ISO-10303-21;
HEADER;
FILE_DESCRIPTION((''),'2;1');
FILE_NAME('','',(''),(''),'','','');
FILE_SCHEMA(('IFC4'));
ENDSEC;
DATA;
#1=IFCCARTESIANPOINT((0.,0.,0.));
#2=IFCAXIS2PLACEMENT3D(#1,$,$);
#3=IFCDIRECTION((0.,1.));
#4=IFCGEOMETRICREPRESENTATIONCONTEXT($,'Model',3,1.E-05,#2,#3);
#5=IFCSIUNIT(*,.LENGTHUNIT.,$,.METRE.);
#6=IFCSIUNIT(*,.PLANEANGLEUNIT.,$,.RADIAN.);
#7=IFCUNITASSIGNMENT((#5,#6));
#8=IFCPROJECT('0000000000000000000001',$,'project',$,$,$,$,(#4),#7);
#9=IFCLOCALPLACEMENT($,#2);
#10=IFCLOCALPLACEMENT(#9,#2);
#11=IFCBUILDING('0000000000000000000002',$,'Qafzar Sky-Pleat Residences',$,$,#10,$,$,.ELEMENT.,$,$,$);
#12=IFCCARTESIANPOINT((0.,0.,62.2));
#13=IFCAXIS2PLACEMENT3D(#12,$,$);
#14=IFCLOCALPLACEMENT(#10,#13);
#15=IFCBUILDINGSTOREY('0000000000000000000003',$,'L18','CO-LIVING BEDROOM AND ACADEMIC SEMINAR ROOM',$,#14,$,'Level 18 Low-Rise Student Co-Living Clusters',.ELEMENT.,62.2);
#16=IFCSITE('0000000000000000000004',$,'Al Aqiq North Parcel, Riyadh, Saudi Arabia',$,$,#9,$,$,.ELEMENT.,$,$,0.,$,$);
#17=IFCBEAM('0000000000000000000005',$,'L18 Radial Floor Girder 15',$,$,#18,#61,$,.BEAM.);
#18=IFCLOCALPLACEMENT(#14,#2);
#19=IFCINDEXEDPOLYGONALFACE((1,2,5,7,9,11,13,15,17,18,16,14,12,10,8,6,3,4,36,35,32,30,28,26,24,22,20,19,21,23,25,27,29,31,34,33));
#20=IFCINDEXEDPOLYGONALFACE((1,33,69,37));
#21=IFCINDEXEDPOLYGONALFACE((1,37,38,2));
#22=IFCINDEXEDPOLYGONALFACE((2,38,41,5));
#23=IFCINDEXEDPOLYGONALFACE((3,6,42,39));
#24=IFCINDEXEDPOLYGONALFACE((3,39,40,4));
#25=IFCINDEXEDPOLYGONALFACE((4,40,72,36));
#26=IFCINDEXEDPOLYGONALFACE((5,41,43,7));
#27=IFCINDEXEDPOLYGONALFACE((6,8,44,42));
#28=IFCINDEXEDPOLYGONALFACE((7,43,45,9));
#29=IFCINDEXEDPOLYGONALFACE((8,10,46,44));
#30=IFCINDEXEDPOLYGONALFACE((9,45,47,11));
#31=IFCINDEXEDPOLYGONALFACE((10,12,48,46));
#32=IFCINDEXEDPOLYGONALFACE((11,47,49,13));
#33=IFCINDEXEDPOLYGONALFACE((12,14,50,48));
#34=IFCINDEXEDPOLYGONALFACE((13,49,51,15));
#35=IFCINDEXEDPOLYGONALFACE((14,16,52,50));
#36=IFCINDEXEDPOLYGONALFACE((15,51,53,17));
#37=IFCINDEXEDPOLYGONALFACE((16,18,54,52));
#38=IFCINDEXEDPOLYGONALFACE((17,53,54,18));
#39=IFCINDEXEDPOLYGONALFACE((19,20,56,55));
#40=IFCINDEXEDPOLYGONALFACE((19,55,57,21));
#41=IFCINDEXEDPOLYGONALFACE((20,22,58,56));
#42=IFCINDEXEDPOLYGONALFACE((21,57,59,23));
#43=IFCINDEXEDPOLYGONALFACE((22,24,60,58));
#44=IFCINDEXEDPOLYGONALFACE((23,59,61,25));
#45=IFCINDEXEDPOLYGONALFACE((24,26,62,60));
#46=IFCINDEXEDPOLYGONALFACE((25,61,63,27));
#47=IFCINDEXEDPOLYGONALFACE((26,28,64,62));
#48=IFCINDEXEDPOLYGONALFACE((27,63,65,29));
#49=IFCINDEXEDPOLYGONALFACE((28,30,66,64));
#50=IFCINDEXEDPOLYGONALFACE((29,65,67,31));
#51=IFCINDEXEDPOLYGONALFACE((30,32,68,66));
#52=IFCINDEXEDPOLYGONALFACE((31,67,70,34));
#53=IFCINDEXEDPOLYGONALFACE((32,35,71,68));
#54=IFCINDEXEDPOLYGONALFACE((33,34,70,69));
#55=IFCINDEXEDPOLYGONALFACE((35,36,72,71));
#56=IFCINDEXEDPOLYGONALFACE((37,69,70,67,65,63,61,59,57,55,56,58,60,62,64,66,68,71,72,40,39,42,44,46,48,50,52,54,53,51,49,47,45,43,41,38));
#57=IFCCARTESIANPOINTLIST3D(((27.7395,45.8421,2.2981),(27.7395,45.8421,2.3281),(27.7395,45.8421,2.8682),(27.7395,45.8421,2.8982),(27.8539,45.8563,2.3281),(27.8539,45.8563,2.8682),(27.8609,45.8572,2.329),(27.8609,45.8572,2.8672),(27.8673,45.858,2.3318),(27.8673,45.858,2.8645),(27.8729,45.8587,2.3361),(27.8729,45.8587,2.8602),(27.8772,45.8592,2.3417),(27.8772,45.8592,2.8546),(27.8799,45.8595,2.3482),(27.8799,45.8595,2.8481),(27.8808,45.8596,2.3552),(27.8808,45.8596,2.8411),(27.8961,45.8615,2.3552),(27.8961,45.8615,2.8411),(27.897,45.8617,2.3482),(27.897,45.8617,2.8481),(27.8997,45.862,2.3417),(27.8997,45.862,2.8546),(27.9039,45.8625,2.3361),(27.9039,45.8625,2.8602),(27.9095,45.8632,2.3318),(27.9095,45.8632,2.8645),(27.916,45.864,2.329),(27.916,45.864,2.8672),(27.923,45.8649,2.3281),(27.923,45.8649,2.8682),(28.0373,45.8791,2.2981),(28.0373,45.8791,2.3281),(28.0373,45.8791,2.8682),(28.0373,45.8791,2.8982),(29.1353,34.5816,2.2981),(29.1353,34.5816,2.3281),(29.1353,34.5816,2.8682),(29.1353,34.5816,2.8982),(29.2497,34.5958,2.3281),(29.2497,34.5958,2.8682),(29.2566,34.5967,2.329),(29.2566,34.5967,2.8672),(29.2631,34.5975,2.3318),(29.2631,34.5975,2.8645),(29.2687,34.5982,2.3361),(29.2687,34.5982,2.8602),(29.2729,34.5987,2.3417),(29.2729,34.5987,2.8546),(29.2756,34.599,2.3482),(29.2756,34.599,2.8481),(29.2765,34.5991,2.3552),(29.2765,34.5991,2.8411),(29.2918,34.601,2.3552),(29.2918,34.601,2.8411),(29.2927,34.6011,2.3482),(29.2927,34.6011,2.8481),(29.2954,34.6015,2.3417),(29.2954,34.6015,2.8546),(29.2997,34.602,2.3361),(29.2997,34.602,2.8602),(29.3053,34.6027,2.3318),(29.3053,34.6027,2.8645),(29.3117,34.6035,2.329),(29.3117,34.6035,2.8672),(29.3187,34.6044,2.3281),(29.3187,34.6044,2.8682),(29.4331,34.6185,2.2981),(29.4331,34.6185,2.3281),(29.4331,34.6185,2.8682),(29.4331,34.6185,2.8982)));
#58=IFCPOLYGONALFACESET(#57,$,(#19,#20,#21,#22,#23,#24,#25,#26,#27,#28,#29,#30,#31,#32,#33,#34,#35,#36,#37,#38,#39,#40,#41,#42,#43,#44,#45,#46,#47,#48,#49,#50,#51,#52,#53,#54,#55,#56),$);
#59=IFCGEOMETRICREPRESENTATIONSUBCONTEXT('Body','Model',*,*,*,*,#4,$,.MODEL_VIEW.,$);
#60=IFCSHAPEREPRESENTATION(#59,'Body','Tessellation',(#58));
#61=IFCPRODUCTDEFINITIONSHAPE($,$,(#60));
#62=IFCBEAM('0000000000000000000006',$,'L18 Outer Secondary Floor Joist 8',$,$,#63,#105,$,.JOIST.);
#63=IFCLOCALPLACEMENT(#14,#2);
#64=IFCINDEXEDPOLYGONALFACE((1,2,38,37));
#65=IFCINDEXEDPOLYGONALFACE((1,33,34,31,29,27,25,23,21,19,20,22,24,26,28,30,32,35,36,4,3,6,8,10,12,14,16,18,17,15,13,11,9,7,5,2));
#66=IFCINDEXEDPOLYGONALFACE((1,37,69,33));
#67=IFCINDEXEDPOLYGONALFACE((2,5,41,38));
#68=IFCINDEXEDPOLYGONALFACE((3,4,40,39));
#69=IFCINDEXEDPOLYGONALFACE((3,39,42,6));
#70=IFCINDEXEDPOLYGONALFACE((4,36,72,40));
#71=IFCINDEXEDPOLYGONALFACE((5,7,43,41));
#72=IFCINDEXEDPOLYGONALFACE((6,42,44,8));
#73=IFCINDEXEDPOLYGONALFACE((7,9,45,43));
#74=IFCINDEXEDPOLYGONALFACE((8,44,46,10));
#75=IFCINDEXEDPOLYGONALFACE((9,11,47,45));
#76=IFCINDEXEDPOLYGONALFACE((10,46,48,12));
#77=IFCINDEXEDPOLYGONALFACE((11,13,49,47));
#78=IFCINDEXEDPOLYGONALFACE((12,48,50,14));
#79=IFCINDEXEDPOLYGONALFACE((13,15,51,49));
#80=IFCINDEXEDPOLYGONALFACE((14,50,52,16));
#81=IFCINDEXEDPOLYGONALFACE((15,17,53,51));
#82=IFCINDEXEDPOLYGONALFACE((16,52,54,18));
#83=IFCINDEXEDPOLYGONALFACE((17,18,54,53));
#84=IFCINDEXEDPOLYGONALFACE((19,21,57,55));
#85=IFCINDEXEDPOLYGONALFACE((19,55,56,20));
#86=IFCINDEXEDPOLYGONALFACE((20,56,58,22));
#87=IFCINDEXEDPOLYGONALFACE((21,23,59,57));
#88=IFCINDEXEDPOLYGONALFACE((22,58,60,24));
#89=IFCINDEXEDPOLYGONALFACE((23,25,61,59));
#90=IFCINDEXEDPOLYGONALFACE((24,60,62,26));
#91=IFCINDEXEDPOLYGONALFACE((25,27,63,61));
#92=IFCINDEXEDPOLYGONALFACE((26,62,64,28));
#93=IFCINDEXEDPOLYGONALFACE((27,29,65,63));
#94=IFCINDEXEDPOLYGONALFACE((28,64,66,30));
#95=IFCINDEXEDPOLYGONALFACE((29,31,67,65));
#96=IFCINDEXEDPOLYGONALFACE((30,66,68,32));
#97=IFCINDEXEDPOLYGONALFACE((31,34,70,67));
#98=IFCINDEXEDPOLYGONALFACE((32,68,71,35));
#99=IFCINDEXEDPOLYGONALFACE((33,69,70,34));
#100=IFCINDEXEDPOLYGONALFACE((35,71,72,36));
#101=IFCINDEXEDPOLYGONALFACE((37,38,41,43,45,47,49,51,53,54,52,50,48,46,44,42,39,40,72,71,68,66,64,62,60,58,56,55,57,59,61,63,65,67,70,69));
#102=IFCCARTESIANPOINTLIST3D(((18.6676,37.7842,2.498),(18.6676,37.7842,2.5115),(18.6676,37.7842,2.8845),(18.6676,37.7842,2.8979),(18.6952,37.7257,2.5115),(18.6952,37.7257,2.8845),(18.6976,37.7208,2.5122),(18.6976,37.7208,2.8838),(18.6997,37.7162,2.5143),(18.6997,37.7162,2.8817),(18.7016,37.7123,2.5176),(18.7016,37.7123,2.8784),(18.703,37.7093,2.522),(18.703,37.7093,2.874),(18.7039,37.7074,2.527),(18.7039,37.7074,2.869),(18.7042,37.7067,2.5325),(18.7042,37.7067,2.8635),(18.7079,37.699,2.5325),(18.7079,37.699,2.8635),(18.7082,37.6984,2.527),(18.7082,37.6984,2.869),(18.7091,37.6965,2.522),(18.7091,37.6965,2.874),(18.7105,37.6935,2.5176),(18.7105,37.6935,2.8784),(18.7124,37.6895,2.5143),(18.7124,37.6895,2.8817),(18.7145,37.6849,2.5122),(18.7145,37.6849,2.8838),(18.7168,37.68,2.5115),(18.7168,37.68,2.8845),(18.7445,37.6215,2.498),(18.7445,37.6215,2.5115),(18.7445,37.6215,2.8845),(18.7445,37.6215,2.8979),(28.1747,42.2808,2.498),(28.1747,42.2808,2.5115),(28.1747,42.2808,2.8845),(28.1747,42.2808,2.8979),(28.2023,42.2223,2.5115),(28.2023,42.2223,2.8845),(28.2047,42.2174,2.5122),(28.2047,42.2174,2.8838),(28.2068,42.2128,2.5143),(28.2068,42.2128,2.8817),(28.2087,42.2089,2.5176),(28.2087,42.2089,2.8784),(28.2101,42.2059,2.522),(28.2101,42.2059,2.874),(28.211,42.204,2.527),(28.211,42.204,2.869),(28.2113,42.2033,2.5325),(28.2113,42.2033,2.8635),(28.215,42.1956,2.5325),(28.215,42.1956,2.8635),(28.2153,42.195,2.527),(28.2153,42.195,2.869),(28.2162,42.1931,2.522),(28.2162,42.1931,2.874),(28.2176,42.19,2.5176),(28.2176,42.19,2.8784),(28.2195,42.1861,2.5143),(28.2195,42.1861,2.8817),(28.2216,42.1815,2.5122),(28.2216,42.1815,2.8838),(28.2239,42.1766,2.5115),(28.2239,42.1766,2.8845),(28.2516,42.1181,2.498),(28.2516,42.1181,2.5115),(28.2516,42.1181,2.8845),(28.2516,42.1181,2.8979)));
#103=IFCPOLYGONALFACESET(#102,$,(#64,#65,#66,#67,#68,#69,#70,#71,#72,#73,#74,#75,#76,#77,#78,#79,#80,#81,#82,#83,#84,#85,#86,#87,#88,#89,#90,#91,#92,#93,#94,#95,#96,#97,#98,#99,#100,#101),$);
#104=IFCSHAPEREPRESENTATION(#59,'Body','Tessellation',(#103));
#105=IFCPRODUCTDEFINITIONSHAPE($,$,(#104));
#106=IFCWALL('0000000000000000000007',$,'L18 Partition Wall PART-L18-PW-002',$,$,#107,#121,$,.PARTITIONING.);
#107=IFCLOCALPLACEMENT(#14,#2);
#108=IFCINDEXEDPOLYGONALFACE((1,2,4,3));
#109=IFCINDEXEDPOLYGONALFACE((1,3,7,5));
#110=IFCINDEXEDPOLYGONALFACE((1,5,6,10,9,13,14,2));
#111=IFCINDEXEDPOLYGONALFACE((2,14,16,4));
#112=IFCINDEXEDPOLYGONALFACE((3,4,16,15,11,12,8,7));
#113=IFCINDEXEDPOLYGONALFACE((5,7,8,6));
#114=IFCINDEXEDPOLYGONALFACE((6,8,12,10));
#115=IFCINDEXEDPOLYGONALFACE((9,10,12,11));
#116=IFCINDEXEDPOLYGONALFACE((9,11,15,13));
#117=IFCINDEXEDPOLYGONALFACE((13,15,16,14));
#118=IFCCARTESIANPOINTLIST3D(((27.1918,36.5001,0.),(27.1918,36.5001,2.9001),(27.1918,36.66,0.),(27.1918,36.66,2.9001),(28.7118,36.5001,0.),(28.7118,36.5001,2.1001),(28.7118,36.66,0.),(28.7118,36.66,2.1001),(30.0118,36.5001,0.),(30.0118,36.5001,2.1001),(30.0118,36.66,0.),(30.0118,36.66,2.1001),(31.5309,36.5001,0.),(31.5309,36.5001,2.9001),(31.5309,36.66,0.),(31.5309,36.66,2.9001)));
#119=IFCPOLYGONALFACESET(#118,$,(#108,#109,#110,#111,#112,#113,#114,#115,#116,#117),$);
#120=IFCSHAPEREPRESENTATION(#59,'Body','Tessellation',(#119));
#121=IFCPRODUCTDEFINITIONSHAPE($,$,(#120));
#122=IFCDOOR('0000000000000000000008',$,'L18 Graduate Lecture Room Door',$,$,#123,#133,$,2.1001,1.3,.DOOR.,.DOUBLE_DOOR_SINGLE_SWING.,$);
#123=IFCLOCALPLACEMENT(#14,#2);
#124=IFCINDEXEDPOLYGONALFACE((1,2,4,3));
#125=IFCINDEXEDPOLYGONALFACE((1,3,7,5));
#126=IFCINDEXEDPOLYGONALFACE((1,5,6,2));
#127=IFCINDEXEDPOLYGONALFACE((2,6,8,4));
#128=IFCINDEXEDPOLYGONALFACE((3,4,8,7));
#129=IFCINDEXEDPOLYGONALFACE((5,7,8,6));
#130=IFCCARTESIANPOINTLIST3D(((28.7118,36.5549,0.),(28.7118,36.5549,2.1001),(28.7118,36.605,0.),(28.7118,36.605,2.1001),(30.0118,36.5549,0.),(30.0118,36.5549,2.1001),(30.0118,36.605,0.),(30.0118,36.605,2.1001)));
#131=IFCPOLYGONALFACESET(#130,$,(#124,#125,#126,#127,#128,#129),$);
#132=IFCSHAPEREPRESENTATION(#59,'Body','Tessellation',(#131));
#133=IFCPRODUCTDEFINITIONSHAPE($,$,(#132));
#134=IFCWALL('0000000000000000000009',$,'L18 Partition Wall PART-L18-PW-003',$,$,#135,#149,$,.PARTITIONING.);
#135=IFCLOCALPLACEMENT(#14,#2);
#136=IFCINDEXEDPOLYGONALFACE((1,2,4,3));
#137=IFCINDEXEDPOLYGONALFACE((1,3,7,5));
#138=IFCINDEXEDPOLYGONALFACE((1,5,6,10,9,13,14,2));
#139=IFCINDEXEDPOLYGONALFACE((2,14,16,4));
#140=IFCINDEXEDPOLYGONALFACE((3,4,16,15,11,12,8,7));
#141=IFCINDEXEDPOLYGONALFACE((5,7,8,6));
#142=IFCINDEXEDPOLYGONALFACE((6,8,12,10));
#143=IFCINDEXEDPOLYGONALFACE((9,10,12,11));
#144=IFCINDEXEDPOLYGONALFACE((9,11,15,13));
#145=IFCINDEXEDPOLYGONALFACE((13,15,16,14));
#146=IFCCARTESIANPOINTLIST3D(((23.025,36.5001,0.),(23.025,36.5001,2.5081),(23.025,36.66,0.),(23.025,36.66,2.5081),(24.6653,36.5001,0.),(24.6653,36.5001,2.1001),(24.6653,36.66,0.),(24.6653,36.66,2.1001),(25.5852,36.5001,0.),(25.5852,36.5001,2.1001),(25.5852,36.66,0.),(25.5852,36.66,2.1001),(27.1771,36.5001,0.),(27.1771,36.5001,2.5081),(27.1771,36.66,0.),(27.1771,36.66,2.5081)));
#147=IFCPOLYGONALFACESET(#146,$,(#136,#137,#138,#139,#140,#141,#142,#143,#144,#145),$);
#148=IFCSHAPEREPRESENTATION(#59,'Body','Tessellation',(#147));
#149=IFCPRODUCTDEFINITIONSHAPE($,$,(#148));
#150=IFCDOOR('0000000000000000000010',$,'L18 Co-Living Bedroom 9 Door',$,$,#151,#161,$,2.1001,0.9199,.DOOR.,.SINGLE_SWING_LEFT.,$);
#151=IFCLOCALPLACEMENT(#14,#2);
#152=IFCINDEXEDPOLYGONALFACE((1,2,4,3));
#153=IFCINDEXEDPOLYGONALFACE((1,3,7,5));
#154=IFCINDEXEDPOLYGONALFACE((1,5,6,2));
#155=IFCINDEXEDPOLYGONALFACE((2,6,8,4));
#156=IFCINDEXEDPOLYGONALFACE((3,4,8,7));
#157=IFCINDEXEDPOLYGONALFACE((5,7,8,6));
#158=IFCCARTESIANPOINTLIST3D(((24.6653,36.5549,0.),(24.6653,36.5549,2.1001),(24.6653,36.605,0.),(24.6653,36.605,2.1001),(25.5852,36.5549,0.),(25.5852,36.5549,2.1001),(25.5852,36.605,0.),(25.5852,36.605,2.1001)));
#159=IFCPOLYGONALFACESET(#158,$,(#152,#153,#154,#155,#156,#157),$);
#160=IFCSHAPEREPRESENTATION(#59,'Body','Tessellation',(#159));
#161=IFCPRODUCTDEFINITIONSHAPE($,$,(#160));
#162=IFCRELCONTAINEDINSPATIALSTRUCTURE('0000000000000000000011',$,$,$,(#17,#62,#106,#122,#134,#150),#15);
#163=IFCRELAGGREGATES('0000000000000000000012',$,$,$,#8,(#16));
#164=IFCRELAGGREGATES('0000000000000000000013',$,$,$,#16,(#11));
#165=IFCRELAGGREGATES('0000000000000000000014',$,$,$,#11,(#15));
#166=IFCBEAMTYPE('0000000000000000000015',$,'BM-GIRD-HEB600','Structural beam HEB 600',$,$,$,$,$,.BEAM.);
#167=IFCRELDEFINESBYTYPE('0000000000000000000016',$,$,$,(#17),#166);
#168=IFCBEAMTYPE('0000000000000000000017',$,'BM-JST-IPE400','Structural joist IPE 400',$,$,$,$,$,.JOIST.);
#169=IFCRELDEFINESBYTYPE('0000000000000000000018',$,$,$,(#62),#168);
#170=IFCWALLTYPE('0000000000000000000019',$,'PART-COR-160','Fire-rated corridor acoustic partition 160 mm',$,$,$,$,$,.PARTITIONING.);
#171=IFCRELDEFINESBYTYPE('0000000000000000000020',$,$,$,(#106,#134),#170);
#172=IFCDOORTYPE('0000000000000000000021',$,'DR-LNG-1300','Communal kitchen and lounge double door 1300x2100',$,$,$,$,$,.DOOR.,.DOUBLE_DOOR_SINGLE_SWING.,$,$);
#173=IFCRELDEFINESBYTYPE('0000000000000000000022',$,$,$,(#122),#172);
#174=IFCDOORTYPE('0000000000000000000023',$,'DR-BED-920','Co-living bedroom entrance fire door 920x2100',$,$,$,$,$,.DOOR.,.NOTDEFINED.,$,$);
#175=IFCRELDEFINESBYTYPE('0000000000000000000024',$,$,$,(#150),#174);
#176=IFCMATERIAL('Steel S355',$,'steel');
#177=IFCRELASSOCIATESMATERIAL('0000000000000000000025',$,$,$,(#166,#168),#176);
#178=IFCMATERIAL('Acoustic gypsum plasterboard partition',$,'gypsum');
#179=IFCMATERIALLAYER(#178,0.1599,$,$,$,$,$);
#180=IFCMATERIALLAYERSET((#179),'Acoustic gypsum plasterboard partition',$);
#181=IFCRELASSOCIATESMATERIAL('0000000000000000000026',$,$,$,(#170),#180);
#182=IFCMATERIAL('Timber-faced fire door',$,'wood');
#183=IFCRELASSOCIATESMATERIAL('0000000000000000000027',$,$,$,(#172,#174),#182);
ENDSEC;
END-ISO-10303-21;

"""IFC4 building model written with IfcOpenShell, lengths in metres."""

from ifc_helpers import new_model, si_unit, direction, frame, frame_2d, origin, origin_2d, place, context, subcontext, project, spatial, rectangle, i_section, extrude, source, transform, mapped, material, layer, layer_set, material_profile, profile_set, type_object, element, fill, save


model = new_model("IFC4")

# Units and contexts
model_context = context("Model", 3, precision=1e-05, world=origin(), true_north=direction((0.0, 1.0)))
body_context = subcontext(model_context, "Body", "Model", "MODEL_VIEW")
ifc_project = project(units=[si_unit("LENGTHUNIT", "METRE"), si_unit("PLANEANGLEUNIT", "RADIAN")], contexts=[model_context])

# Site, building, storey
site_placement = place(None, origin())
site = spatial("IfcSite", under=ifc_project, at=site_placement, Name="Al Aqiq North Parcel, Riyadh, Saudi Arabia", CompositionType="ELEMENT", RefElevation=0.0)
building_placement = place(site_placement, origin())
building = spatial("IfcBuilding", under=site, at=building_placement, Name="Qafzar Sky-Pleat Residences", CompositionType="ELEMENT")
storey_placement = place(building_placement, frame((0.0, 0.0, 62.2)))
storey = spatial("IfcBuildingStorey", under=building, at=storey_placement, Name="L18", Description="CO-LIVING BEDROOM AND ACADEMIC SEMINAR ROOM", LongName="Level 18 Low-Rise Student Co-Living Clusters", CompositionType="ELEMENT", Elevation=62.2)

# Beams
ifc_material_1 = material(Name="Steel S355", Category="steel")
ifc_material_profile_1 = material_profile(ifc_material_1, i_section(OverallWidth=0.3, OverallDepth=0.6001, WebThickness=0.0154, FlangeThickness=0.03, FilletRadius=0.0271, at=origin_2d()), Name="HEB 600")
ifc_profile_set_1 = profile_set([ifc_material_profile_1], Name="Steel S355")
beam_type_1 = type_object("IfcBeamType", Name="BM-GIRD-HEB600", Description="Structural beam HEB 600", PredefinedType="BEAM", material=ifc_profile_set_1)
shared_shape_1 = source(origin(), body_context, "Body", "SweptSolid", [
    extrude(i_section(OverallWidth=0.3, OverallDepth=0.6001, WebThickness=0.0154, FlangeThickness=0.03, FilletRadius=0.0271, at=origin_2d()), origin(), (0.0, 0.0, 1.0), 11.3467),
])
beam_1_placement = place(storey_placement, frame((27.8884, 45.8606, 2.5981), z_axis=(0.12301, -0.992405, 0.0), x_axis=(0.992405, 0.12301, 0.0)))
element("IfcBeam", 1, at=beam_1_placement, inside=storey, type_object=beam_type_1, Name="L18 Radial Floor Girder 15", PredefinedType="BEAM", context=body_context, shape_type="MappedRepresentation", body=[
    mapped(shared_shape_1, transform((0.0, 0.0, 0.0), x_axis=(1.0, 0.0, 0.0), y_axis=(0.0, 1.0, 0.0), z_axis=(0.0, 0.0, 1.0), scale=1.0)),
])
ifc_material_profile_2 = material_profile(ifc_material_1, i_section(OverallWidth=0.1799, OverallDepth=0.3999, WebThickness=0.0085, FlangeThickness=0.0134, FilletRadius=0.021, at=origin_2d()), Name="IPE 400")
ifc_profile_set_2 = profile_set([ifc_material_profile_2], Name="Steel S355")
beam_type_2 = type_object("IfcBeamType", Name="BM-JST-IPE400", Description="Structural joist IPE 400", PredefinedType="JOIST", material=ifc_profile_set_2)
shared_shape_2 = source(origin(), body_context, "Body", "SweptSolid", [
    extrude(i_section(OverallWidth=0.1799, OverallDepth=0.3999, WebThickness=0.0085, FlangeThickness=0.0134, FilletRadius=0.021, at=origin_2d()), origin(), (0.0, 0.0, 1.0), 10.5168),
])
beam_2_placement = place(storey_placement, frame((28.2131, 42.1995, 2.698), z_axis=(-0.903987, -0.42756, 0.0), x_axis=(0.42756, -0.903987, 0.0)))
element("IfcBeam", 2, at=beam_2_placement, inside=storey, type_object=beam_type_2, Name="L18 Outer Secondary Floor Joist 8", PredefinedType="JOIST", context=body_context, shape_type="MappedRepresentation", body=[
    mapped(shared_shape_2, transform((0.0, 0.0, 0.0), x_axis=(1.0, 0.0, 0.0), y_axis=(0.0, 1.0, 0.0), z_axis=(0.0, 0.0, 1.0), scale=1.0)),
])

# Walls, openings, doors
ifc_material_2 = material(Name="Acoustic gypsum plasterboard partition", Category="gypsum")
ifc_layer_1 = layer(ifc_material_2, 0.1599)
ifc_layer_set_1 = layer_set([ifc_layer_1], Name="Acoustic gypsum plasterboard partition")
wall_type_1 = type_object("IfcWallType", Name="PART-COR-160", Description="Fire-rated corridor acoustic partition 160 mm", PredefinedType="PARTITIONING", material=ifc_layer_set_1)
wall_1_placement = place(storey_placement, frame((27.1919, 36.5801, 0.0), z_axis=(0.0, 0.0, 1.0), x_axis=(1.0, 0.0, 0.0)))
wall_1 = element("IfcWall", 3, at=wall_1_placement, inside=storey, type_object=wall_type_1, Name="L18 Partition Wall PART-L18-PW-002", PredefinedType="PARTITIONING", context=body_context, shape_type="SweptSolid", body=[
    extrude(rectangle(XDim=4.3391, YDim=0.1599, at=frame_2d((2.1694, 0.0))), origin(), (0.0, 0.0, 1.0), 2.9001),
])
opening_1_placement = place(wall_1_placement, frame((1.52, 0.0, 0.0)))
opening_1 = element("IfcOpeningElement", 4, at=opening_1_placement, cuts=wall_1, PredefinedType="OPENING", context=body_context, shape_type="SweptSolid", body=[
    extrude(rectangle(XDim=1.3, YDim=2.1001, at=frame_2d((0.6499, 1.05))), frame((0.0, 0.0898, 0.0), z_axis=(0.0, -1.0, 0.0), x_axis=(1.0, 0.0, 0.0)), (0.0, 0.0, 1.0), 0.1799),
])
ifc_material_3 = material(Name="Timber-faced fire door", Category="wood")
door_type_1 = type_object("IfcDoorType", Name="DR-LNG-1300", Description="Communal kitchen and lounge double door 1300x2100", OperationType="DOUBLE_DOOR_SINGLE_SWING", PredefinedType="DOOR", material=ifc_material_3)
shared_shape_3 = source(origin(), body_context, "Body", "SweptSolid", [
    extrude(rectangle(XDim=1.3, YDim=2.1001, at=frame_2d((0.6499, 1.05))), frame((0.0, 0.0249, 0.0), z_axis=(0.0, -1.0, 0.0), x_axis=(1.0, 0.0, 0.0)), (0.0, 0.0, 1.0), 0.05),
])
door_1_placement = place(opening_1_placement, origin())
door_1 = element("IfcDoor", 5, at=door_1_placement, inside=storey, type_object=door_type_1, Name="L18 Graduate Lecture Room Door", OperationType="DOUBLE_DOOR_SINGLE_SWING", OverallHeight=2.1001, OverallWidth=1.3, PredefinedType="DOOR", context=body_context, shape_type="MappedRepresentation", body=[
    mapped(shared_shape_3, transform((0.0, 0.0, 0.0), x_axis=(1.0, 0.0, 0.0), y_axis=(0.0, 1.0, 0.0), z_axis=(0.0, 0.0, 1.0), scale=1.0)),
])
fill(opening_1, door_1)
wall_2_placement = place(storey_placement, frame((23.0249, 36.5801, 0.0), z_axis=(0.0, 0.0, 1.0), x_axis=(1.0, 0.0, 0.0)))
wall_2 = element("IfcWall", 6, at=wall_2_placement, inside=storey, type_object=wall_type_1, Name="L18 Partition Wall PART-L18-PW-003", PredefinedType="PARTITIONING", context=body_context, shape_type="SweptSolid", body=[
    extrude(rectangle(XDim=4.1521, YDim=0.1599, at=frame_2d((2.0762, 0.0))), origin(), (0.0, 0.0, 1.0), 2.5081),
])
opening_2_placement = place(wall_2_placement, frame((1.6404, 0.0, 0.0)))
opening_2 = element("IfcOpeningElement", 7, at=opening_2_placement, cuts=wall_2, PredefinedType="OPENING", context=body_context, shape_type="SweptSolid", body=[
    extrude(rectangle(XDim=0.9199, YDim=2.1001, at=frame_2d((0.46, 1.05))), frame((0.0, 0.0898, 0.0), z_axis=(0.0, -1.0, 0.0), x_axis=(1.0, 0.0, 0.0)), (0.0, 0.0, 1.0), 0.1799),
])
door_type_2 = type_object("IfcDoorType", Name="DR-BED-920", Description="Co-living bedroom entrance fire door 920x2100", OperationType="NOTDEFINED", PredefinedType="DOOR", material=ifc_material_3)
shared_shape_4 = source(origin(), body_context, "Body", "SweptSolid", [
    extrude(rectangle(XDim=0.9199, YDim=2.1001, at=frame_2d((0.46, 1.05))), frame((0.0, 0.0249, 0.0), z_axis=(0.0, -1.0, 0.0), x_axis=(1.0, 0.0, 0.0)), (0.0, 0.0, 1.0), 0.05),
])
door_2_placement = place(opening_2_placement, origin())
door_2 = element("IfcDoor", 8, at=door_2_placement, inside=storey, type_object=door_type_2, Name="L18 Co-Living Bedroom 9 Door", OperationType="SINGLE_SWING_LEFT", OverallHeight=2.1001, OverallWidth=0.9199, PredefinedType="DOOR", context=body_context, shape_type="MappedRepresentation", body=[
    mapped(shared_shape_4, transform((0.0, 0.0, 0.0), x_axis=(1.0, 0.0, 0.0), y_axis=(0.0, 1.0, 0.0), z_axis=(0.0, 0.0, 1.0), scale=1.0)),
])
fill(opening_2, door_2)

save(model, "model.ifc")
